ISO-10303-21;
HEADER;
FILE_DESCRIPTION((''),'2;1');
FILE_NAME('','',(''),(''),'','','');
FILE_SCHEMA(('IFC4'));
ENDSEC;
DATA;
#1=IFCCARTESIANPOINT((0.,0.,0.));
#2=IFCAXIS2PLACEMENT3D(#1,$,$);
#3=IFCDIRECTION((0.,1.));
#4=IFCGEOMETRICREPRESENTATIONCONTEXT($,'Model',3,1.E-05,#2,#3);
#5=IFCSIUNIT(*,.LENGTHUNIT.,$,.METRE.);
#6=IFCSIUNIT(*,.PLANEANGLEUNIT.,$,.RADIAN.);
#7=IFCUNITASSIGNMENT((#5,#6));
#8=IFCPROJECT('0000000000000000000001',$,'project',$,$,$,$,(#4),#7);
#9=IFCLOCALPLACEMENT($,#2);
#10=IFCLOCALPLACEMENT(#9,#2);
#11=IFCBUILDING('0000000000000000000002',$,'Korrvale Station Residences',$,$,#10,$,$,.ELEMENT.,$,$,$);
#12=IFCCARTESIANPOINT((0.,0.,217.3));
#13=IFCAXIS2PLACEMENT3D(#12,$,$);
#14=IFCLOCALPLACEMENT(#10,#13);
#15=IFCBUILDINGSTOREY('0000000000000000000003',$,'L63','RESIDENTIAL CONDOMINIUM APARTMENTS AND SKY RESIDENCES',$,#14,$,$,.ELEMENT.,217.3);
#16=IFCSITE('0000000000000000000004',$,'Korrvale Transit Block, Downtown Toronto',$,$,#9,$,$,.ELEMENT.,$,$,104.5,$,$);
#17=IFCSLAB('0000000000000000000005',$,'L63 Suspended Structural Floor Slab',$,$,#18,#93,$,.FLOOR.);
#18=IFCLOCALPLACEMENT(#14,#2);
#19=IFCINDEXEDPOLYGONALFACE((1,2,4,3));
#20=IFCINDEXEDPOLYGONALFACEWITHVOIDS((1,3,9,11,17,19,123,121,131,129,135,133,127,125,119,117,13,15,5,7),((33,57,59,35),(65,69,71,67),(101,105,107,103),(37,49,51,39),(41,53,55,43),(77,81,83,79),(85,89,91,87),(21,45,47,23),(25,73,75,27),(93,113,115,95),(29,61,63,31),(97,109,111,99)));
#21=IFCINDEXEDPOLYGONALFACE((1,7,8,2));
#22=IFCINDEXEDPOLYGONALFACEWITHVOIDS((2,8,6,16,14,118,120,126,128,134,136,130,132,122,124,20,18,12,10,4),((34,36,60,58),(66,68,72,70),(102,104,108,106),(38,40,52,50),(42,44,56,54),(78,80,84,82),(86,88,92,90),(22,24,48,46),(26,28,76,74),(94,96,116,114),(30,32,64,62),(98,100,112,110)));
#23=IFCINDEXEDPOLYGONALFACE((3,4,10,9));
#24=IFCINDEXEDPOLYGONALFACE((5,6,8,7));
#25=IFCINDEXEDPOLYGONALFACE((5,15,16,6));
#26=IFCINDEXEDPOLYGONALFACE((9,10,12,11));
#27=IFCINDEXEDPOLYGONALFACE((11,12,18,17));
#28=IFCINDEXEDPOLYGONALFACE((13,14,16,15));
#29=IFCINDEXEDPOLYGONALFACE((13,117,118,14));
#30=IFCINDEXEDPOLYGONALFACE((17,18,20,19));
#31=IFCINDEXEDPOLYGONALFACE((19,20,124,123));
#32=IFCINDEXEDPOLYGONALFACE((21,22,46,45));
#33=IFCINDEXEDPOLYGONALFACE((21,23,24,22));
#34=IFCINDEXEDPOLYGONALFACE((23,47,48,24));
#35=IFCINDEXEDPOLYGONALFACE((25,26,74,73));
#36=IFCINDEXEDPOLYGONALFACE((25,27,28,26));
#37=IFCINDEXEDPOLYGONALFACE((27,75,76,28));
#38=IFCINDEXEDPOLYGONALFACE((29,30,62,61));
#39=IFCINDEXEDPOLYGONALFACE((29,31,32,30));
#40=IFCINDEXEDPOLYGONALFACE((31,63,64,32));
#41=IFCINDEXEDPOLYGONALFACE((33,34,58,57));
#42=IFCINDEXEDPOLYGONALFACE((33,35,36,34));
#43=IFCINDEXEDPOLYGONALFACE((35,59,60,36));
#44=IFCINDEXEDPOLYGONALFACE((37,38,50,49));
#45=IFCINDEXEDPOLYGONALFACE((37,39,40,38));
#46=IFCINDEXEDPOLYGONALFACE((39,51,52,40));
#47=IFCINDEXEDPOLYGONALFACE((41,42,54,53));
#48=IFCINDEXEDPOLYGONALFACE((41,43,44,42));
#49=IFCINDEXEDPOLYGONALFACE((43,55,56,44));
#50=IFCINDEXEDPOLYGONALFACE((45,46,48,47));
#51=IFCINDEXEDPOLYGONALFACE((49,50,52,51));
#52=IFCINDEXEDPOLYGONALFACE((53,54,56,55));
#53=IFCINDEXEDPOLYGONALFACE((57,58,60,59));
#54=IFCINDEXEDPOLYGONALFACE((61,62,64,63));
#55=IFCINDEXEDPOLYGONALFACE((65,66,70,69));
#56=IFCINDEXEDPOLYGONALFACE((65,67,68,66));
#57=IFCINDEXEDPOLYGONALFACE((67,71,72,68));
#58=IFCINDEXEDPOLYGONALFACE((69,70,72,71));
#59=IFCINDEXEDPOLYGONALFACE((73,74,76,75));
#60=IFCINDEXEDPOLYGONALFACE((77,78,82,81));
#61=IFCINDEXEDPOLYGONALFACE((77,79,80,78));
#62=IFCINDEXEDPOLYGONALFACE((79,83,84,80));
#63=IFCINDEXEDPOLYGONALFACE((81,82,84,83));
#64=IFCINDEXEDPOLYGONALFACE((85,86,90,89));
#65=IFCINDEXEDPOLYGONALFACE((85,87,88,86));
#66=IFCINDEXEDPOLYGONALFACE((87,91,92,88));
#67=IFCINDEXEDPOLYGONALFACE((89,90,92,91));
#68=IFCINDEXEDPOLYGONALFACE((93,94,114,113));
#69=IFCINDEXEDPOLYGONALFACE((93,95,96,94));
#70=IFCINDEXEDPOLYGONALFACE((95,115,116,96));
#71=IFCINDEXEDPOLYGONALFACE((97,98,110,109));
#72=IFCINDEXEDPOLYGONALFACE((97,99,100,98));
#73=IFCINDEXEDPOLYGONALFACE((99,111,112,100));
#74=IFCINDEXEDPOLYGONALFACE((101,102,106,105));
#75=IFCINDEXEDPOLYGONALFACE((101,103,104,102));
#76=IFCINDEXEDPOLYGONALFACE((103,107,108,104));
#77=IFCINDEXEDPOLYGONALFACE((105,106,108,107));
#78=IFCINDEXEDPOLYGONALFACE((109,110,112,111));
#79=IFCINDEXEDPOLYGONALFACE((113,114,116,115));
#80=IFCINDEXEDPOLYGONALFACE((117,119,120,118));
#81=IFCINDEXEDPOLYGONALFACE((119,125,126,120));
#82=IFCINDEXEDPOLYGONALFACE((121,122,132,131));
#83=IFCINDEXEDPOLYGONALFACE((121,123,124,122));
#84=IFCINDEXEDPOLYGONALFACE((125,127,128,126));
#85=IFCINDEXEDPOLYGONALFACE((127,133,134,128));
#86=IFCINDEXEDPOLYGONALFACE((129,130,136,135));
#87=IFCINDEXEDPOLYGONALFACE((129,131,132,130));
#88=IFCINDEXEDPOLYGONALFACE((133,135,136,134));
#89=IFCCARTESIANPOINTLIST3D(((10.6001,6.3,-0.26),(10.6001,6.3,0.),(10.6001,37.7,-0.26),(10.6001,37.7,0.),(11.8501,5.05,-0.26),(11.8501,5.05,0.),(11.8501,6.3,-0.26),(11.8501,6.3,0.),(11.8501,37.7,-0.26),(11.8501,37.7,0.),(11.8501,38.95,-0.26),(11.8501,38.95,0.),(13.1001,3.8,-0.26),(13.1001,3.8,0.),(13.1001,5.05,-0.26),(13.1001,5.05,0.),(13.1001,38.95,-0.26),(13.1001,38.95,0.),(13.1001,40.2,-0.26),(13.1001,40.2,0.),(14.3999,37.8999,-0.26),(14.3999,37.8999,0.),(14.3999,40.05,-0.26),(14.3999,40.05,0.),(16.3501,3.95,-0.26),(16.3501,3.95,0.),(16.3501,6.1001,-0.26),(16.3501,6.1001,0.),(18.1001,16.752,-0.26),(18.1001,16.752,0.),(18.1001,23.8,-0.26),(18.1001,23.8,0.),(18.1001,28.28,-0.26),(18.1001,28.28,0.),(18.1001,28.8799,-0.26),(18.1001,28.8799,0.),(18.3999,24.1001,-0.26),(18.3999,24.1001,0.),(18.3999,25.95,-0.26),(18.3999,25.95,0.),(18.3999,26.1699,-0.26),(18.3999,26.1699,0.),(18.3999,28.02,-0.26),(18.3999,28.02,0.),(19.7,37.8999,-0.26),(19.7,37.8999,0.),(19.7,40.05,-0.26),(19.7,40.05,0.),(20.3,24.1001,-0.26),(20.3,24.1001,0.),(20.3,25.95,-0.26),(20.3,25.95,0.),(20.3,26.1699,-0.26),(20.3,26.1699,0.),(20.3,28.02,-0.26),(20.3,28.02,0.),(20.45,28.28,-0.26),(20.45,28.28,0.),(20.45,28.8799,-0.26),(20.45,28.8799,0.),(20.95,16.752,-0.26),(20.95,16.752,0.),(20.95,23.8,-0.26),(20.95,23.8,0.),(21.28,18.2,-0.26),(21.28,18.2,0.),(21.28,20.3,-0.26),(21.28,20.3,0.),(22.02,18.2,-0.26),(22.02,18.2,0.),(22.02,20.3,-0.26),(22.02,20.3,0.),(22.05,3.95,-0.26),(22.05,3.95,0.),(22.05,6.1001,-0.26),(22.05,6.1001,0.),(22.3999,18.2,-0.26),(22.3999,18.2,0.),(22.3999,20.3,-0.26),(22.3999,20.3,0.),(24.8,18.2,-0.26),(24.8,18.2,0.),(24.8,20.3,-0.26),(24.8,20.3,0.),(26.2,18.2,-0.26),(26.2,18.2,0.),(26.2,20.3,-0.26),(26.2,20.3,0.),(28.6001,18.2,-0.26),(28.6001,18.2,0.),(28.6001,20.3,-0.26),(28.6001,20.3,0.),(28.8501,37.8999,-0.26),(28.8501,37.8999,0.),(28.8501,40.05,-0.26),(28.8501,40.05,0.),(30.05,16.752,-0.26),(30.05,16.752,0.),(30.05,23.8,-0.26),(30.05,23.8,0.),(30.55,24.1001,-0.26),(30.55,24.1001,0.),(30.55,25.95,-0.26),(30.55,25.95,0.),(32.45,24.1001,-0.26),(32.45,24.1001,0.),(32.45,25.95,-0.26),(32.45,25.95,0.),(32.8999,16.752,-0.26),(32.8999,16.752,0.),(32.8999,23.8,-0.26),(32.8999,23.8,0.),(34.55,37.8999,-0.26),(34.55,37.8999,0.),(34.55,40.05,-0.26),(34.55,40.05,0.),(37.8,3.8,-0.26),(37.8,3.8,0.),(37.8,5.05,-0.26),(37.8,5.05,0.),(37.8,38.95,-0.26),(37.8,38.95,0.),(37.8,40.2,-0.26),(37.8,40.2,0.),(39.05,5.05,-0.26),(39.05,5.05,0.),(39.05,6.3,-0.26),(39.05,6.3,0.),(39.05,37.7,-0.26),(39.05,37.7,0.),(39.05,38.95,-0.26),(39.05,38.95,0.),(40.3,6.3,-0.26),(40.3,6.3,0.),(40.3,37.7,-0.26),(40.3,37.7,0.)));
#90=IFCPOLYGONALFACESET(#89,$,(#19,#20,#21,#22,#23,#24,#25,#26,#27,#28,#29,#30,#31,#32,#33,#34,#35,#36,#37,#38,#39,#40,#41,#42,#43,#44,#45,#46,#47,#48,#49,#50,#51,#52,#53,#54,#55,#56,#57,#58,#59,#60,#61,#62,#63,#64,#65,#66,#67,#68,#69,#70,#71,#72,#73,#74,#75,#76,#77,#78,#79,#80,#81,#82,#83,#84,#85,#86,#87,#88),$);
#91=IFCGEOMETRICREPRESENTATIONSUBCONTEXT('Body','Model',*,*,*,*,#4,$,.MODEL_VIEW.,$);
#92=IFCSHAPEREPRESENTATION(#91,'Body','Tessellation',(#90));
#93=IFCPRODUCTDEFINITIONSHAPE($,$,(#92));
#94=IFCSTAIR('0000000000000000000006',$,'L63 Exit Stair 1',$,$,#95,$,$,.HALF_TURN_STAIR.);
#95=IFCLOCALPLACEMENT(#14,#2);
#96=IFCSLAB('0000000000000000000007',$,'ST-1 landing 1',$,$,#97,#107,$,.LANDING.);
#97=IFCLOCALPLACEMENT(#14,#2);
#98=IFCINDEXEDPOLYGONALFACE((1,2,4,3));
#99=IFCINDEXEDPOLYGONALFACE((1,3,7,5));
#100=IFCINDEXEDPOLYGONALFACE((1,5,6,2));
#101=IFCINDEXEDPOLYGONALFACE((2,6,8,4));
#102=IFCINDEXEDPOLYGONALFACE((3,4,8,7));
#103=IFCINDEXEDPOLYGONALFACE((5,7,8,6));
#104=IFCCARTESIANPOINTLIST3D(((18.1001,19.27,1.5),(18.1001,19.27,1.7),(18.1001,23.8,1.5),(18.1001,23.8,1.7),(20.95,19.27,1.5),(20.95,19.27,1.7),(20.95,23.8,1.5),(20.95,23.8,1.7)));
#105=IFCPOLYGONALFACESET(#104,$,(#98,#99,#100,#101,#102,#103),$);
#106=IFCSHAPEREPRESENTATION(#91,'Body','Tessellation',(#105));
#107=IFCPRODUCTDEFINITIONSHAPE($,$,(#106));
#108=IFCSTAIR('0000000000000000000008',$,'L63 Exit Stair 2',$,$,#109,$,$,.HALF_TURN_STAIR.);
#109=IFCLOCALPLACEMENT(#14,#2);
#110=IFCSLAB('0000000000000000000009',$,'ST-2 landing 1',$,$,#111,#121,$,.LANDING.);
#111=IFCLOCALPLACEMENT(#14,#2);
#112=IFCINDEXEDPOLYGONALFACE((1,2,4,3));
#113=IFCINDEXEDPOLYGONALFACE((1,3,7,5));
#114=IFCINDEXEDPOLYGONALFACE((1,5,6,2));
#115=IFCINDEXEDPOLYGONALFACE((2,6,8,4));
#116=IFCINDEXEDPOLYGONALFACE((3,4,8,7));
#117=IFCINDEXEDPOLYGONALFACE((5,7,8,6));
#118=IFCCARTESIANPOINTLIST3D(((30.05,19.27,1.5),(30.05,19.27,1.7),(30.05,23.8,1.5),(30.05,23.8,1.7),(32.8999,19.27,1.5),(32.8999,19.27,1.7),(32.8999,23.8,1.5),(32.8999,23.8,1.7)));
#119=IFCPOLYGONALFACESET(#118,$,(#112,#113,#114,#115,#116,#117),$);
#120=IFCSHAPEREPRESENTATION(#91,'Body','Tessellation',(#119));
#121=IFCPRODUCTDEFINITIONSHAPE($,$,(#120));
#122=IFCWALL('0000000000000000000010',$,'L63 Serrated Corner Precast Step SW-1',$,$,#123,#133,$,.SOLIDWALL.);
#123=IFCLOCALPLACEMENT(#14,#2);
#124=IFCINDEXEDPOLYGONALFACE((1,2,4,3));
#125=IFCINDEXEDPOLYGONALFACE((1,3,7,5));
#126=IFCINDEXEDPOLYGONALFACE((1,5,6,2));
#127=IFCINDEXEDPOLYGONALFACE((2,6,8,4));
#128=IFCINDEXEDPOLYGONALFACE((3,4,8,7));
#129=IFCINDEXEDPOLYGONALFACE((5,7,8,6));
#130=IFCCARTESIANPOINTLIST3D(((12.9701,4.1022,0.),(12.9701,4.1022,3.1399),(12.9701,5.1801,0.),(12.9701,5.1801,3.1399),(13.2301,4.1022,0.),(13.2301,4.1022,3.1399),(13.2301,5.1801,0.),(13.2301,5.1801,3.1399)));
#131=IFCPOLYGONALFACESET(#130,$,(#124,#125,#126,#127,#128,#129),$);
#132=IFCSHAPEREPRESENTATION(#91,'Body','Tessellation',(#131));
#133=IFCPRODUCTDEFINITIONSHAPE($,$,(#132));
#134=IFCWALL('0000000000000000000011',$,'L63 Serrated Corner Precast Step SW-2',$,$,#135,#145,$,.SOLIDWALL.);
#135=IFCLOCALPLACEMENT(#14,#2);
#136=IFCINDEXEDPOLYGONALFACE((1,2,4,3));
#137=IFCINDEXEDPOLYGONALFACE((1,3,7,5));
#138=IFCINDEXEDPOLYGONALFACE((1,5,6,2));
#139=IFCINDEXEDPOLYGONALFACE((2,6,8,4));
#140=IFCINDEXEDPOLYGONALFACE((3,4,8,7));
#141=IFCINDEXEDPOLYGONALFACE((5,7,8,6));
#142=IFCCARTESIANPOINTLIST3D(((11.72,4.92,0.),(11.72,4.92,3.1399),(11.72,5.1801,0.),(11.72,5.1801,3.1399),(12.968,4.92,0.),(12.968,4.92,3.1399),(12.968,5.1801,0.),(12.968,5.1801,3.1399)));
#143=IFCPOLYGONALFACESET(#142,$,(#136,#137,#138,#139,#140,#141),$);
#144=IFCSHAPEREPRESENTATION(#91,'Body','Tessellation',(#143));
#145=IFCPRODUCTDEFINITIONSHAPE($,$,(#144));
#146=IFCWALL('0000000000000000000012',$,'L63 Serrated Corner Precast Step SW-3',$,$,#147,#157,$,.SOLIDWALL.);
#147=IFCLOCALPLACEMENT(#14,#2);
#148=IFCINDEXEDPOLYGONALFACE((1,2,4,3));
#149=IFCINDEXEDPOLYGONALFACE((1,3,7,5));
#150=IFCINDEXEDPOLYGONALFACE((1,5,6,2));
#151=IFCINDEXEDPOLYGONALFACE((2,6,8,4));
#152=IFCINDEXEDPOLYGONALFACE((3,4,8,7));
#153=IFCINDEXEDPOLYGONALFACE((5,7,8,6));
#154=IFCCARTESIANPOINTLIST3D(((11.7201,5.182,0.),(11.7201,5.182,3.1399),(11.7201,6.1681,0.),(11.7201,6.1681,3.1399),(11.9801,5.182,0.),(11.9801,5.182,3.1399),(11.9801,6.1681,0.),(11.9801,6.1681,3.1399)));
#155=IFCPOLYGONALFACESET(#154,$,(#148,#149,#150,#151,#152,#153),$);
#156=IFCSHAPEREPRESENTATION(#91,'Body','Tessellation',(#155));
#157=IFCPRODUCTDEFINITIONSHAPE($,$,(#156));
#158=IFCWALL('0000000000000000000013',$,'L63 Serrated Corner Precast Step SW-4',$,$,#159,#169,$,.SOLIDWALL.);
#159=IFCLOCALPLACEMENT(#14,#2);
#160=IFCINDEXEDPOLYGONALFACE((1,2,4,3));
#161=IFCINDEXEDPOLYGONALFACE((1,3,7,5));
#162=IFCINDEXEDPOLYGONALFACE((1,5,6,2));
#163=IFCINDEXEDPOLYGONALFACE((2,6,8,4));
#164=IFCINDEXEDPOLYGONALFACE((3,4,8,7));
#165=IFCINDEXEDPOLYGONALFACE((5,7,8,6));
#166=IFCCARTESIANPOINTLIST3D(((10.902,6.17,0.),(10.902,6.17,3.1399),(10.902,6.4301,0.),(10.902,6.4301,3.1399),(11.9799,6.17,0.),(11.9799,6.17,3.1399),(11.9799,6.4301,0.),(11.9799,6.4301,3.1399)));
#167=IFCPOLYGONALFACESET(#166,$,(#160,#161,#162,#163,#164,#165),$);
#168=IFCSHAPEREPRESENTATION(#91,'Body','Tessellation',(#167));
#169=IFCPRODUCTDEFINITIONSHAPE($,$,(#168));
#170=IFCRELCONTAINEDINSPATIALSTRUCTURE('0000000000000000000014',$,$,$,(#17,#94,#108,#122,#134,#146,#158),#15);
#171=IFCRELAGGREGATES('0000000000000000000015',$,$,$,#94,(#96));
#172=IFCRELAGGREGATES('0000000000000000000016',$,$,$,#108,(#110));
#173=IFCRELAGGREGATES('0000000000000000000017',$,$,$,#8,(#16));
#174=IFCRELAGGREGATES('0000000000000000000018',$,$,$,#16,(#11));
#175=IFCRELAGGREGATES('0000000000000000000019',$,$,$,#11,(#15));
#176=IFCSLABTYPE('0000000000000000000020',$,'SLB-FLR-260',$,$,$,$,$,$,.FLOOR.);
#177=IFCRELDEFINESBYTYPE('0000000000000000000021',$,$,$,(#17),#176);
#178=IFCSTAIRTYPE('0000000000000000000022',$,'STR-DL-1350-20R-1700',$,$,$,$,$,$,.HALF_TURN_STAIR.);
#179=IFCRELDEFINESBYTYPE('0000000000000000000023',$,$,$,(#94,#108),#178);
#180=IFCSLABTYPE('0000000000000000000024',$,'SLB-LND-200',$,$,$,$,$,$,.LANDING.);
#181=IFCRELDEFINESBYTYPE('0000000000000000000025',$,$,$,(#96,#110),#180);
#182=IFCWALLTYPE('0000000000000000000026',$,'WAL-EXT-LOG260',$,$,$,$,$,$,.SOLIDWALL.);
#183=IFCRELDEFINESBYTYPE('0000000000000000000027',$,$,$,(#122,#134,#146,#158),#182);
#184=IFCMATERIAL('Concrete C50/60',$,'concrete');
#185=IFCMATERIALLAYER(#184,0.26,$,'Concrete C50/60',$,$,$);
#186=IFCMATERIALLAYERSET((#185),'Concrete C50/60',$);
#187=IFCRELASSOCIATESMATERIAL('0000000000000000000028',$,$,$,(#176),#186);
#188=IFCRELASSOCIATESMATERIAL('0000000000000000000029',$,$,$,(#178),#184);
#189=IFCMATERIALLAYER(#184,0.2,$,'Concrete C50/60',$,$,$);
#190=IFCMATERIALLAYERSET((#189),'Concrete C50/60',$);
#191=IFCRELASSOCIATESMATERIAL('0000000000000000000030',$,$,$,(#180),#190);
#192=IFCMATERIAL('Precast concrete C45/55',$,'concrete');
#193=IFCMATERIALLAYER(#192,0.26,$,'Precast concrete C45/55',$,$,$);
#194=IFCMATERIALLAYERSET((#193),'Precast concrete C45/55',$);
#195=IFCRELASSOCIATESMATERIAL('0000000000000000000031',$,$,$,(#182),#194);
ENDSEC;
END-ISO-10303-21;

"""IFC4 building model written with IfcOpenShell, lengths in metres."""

from ifc_helpers import new_model, si_unit, direction, frame, frame_2d, origin, place, context, subcontext, project, spatial, polyline, rectangle, outline, extrude, material, layer, layer_set, type_object, element, aggregate, save


model = new_model("IFC4")

# Units and contexts
model_context = context("Model", 3, precision=1e-05, world=origin(), true_north=direction((0.0, 1.0)))
body_context = subcontext(model_context, "Body", "Model", "MODEL_VIEW")
ifc_project = project(units=[si_unit("LENGTHUNIT", "METRE"), si_unit("PLANEANGLEUNIT", "RADIAN")], contexts=[model_context])

# Site, building, storey
site_placement = place(None, origin())
site = spatial("IfcSite", under=ifc_project, at=site_placement, Name="Korrvale Transit Block, Downtown Toronto", CompositionType="ELEMENT", RefElevation=104.5)
building_placement = place(site_placement, origin())
building = spatial("IfcBuilding", under=site, at=building_placement, Name="Korrvale Station Residences", CompositionType="ELEMENT")
storey_placement = place(building_placement, frame((0.0, 0.0, 217.3)))
storey = spatial("IfcBuildingStorey", under=building, at=storey_placement, Name="L63", Description="RESIDENTIAL CONDOMINIUM APARTMENTS AND SKY RESIDENCES", CompositionType="ELEMENT", Elevation=217.3)

# Shared definitions
ifc_material_1 = material(Name="Concrete C50/60", Category="concrete")

# Slab
ifc_layer_1 = layer(ifc_material_1, 0.26, Name="Concrete C50/60")
ifc_layer_set_1 = layer_set([ifc_layer_1], Name="Concrete C50/60")
slab_type_1 = type_object("IfcSlabType", Name="SLB-FLR-260", PredefinedType="FLOOR", material=ifc_layer_set_1)
slab_1_placement = place(storey_placement, frame((0.0, 0.0, -0.26)))
element("IfcSlab", 1, at=slab_1_placement, inside=storey, type_object=slab_type_1, Name="L63 Suspended Structural Floor Slab", PredefinedType="FLOOR", context=body_context, shape_type="SweptSolid", body=[
    extrude(outline(polyline([(13.1001, 3.8), (37.8, 3.8), (37.8, 5.05), (39.05, 5.05), (39.05, 6.3), (40.3, 6.3), (40.3, 37.7), (39.05, 37.7), (39.05, 38.95), (37.8, 38.95), (37.8, 40.2), (13.1001, 40.2), (13.1001, 38.95), (11.8501, 38.95), (11.8501, 37.7), (10.6001, 37.7), (10.6001, 6.3), (11.8501, 6.3), (11.8501, 5.05), (13.1001, 5.05), (13.1001, 3.8)]), holes=[polyline([(20.95, 16.752), (20.95, 23.8), (18.1001, 23.8), (18.1001, 16.752), (20.95, 16.752)]), polyline([(32.8999, 16.752), (32.8999, 23.8), (30.05, 23.8), (30.05, 16.752), (32.8999, 16.752)]), polyline([(18.3999, 24.1001), (20.3, 24.1001), (20.3, 25.95), (18.3999, 25.95), (18.3999, 24.1001)]), polyline([(18.3999, 26.1699), (20.3, 26.1699), (20.3, 28.02), (18.3999, 28.02), (18.3999, 26.1699)]), polyline([(30.55, 24.1001), (32.45, 24.1001), (32.45, 25.95), (30.55, 25.95), (30.55, 24.1001)]), polyline([(22.3999, 18.2), (24.8, 18.2), (24.8, 20.3), (22.3999, 20.3), (22.3999, 18.2)]), polyline([(26.2, 18.2), (28.6001, 18.2), (28.6001, 20.3), (26.2, 20.3), (26.2, 18.2)]), polyline([(18.1001, 28.28), (20.45, 28.28), (20.45, 28.8799), (18.1001, 28.8799), (18.1001, 28.28)]), polyline([(21.28, 18.2), (22.02, 18.2), (22.02, 20.3), (21.28, 20.3), (21.28, 18.2)]), polyline([(16.3501, 3.95), (22.05, 3.95), (22.05, 6.1001), (16.3501, 6.1001), (16.3501, 3.95)]), polyline([(28.8501, 37.8999), (34.55, 37.8999), (34.55, 40.05), (28.8501, 40.05), (28.8501, 37.8999)]), polyline([(14.3999, 37.8999), (19.7, 37.8999), (19.7, 40.05), (14.3999, 40.05), (14.3999, 37.8999)])]), origin(), (0.0, 0.0, 1.0), 0.26),
])

# Stairs, slabs
stair_type = type_object("IfcStairType", Name="STR-DL-1350-20R-1700", PredefinedType="HALF_TURN_STAIR", material=ifc_material_1)
stair_1_placement = place(storey_placement, origin())
stair_1 = element("IfcStair", 2, at=stair_1_placement, inside=storey, type_object=stair_type, Name="L63 Exit Stair 1", PredefinedType="HALF_TURN_STAIR")
ifc_layer_2 = layer(ifc_material_1, 0.2, Name="Concrete C50/60")
ifc_layer_set_2 = layer_set([ifc_layer_2], Name="Concrete C50/60")
slab_type_2 = type_object("IfcSlabType", Name="SLB-LND-200", PredefinedType="LANDING", material=ifc_layer_set_2)
slab_2_placement = place(storey_placement, frame((0.0, 0.0, 1.5)))
slab_2 = element("IfcSlab", 3, at=slab_2_placement, type_object=slab_type_2, Name="ST-1 landing 1", PredefinedType="LANDING", context=body_context, shape_type="SweptSolid", body=[
    extrude(outline(polyline([(20.95, 19.27), (20.95, 23.8), (18.1001, 23.8), (18.1001, 19.27), (20.95, 19.27)])), origin(), (0.0, 0.0, 1.0), 0.2),
])
aggregate(stair_1, [slab_2])
stair_2_placement = place(storey_placement, origin())
stair_2 = element("IfcStair", 4, at=stair_2_placement, inside=storey, type_object=stair_type, Name="L63 Exit Stair 2", PredefinedType="HALF_TURN_STAIR")
slab_3_placement = place(storey_placement, frame((0.0, 0.0, 1.5)))
slab_3 = element("IfcSlab", 5, at=slab_3_placement, type_object=slab_type_2, Name="ST-2 landing 1", PredefinedType="LANDING", context=body_context, shape_type="SweptSolid", body=[
    extrude(outline(polyline([(32.8999, 19.27), (32.8999, 23.8), (30.05, 23.8), (30.05, 19.27), (32.8999, 19.27)])), origin(), (0.0, 0.0, 1.0), 0.2),
])
aggregate(stair_2, [slab_3])

# Walls
ifc_material_2 = material(Name="Precast concrete C45/55", Category="concrete")
ifc_layer_3 = layer(ifc_material_2, 0.26, Name="Precast concrete C45/55")
ifc_layer_set_3 = layer_set([ifc_layer_3], Name="Precast concrete C45/55")
wall_type_1 = type_object("IfcWallType", Name="WAL-EXT-LOG260", PredefinedType="SOLIDWALL", material=ifc_layer_set_3)
wall_1_placement = place(storey_placement, frame((13.1001, 4.1021, 0.0), z_axis=(0.0, 0.0, 1.0), x_axis=(0.0, 1.0, 0.0)))
element("IfcWall", 6, at=wall_1_placement, inside=storey, type_object=wall_type_1, Name="L63 Serrated Corner Precast Step SW-1", PredefinedType="SOLIDWALL", context=body_context, shape_type="SweptSolid", body=[
    extrude(rectangle(XDim=1.0779, YDim=0.26, at=frame_2d((0.5391, 0.0))), origin(), (0.0, 0.0, 1.0), 3.1399),
])
wall_2_placement = place(storey_placement, frame((12.968, 5.05, 0.0), z_axis=(0.0, 0.0, 1.0), x_axis=(-1.0, 0.0, 0.0)))
element("IfcWall", 7, at=wall_2_placement, inside=storey, type_object=wall_type_1, Name="L63 Serrated Corner Precast Step SW-2", PredefinedType="SOLIDWALL", context=body_context, shape_type="SweptSolid", body=[
    extrude(rectangle(XDim=1.248, YDim=0.26, at=frame_2d((0.624, 0.0))), origin(), (0.0, 0.0, 1.0), 3.1399),
])
wall_3_placement = place(storey_placement, frame((11.8501, 5.1819, 0.0), z_axis=(0.0, 0.0, 1.0), x_axis=(0.0, 1.0, 0.0)))
element("IfcWall", 8, at=wall_3_placement, inside=storey, type_object=wall_type_1, Name="L63 Serrated Corner Precast Step SW-3", PredefinedType="SOLIDWALL", context=body_context, shape_type="SweptSolid", body=[
    extrude(rectangle(XDim=0.9861, YDim=0.26, at=frame_2d((0.4932, 0.0))), origin(), (0.0, 0.0, 1.0), 3.1399),
])
wall_4_placement = place(storey_placement, frame((11.98, 6.3, 0.0), z_axis=(0.0, 0.0, 1.0), x_axis=(-1.0, 0.0, 0.0)))
element("IfcWall", 9, at=wall_4_placement, inside=storey, type_object=wall_type_1, Name="L63 Serrated Corner Precast Step SW-4", PredefinedType="SOLIDWALL", context=body_context, shape_type="SweptSolid", body=[
    extrude(rectangle(XDim=1.0779, YDim=0.26, at=frame_2d((0.5391, 0.0))), origin(), (0.0, 0.0, 1.0), 3.1399),
])

save(model, "model.ifc")
